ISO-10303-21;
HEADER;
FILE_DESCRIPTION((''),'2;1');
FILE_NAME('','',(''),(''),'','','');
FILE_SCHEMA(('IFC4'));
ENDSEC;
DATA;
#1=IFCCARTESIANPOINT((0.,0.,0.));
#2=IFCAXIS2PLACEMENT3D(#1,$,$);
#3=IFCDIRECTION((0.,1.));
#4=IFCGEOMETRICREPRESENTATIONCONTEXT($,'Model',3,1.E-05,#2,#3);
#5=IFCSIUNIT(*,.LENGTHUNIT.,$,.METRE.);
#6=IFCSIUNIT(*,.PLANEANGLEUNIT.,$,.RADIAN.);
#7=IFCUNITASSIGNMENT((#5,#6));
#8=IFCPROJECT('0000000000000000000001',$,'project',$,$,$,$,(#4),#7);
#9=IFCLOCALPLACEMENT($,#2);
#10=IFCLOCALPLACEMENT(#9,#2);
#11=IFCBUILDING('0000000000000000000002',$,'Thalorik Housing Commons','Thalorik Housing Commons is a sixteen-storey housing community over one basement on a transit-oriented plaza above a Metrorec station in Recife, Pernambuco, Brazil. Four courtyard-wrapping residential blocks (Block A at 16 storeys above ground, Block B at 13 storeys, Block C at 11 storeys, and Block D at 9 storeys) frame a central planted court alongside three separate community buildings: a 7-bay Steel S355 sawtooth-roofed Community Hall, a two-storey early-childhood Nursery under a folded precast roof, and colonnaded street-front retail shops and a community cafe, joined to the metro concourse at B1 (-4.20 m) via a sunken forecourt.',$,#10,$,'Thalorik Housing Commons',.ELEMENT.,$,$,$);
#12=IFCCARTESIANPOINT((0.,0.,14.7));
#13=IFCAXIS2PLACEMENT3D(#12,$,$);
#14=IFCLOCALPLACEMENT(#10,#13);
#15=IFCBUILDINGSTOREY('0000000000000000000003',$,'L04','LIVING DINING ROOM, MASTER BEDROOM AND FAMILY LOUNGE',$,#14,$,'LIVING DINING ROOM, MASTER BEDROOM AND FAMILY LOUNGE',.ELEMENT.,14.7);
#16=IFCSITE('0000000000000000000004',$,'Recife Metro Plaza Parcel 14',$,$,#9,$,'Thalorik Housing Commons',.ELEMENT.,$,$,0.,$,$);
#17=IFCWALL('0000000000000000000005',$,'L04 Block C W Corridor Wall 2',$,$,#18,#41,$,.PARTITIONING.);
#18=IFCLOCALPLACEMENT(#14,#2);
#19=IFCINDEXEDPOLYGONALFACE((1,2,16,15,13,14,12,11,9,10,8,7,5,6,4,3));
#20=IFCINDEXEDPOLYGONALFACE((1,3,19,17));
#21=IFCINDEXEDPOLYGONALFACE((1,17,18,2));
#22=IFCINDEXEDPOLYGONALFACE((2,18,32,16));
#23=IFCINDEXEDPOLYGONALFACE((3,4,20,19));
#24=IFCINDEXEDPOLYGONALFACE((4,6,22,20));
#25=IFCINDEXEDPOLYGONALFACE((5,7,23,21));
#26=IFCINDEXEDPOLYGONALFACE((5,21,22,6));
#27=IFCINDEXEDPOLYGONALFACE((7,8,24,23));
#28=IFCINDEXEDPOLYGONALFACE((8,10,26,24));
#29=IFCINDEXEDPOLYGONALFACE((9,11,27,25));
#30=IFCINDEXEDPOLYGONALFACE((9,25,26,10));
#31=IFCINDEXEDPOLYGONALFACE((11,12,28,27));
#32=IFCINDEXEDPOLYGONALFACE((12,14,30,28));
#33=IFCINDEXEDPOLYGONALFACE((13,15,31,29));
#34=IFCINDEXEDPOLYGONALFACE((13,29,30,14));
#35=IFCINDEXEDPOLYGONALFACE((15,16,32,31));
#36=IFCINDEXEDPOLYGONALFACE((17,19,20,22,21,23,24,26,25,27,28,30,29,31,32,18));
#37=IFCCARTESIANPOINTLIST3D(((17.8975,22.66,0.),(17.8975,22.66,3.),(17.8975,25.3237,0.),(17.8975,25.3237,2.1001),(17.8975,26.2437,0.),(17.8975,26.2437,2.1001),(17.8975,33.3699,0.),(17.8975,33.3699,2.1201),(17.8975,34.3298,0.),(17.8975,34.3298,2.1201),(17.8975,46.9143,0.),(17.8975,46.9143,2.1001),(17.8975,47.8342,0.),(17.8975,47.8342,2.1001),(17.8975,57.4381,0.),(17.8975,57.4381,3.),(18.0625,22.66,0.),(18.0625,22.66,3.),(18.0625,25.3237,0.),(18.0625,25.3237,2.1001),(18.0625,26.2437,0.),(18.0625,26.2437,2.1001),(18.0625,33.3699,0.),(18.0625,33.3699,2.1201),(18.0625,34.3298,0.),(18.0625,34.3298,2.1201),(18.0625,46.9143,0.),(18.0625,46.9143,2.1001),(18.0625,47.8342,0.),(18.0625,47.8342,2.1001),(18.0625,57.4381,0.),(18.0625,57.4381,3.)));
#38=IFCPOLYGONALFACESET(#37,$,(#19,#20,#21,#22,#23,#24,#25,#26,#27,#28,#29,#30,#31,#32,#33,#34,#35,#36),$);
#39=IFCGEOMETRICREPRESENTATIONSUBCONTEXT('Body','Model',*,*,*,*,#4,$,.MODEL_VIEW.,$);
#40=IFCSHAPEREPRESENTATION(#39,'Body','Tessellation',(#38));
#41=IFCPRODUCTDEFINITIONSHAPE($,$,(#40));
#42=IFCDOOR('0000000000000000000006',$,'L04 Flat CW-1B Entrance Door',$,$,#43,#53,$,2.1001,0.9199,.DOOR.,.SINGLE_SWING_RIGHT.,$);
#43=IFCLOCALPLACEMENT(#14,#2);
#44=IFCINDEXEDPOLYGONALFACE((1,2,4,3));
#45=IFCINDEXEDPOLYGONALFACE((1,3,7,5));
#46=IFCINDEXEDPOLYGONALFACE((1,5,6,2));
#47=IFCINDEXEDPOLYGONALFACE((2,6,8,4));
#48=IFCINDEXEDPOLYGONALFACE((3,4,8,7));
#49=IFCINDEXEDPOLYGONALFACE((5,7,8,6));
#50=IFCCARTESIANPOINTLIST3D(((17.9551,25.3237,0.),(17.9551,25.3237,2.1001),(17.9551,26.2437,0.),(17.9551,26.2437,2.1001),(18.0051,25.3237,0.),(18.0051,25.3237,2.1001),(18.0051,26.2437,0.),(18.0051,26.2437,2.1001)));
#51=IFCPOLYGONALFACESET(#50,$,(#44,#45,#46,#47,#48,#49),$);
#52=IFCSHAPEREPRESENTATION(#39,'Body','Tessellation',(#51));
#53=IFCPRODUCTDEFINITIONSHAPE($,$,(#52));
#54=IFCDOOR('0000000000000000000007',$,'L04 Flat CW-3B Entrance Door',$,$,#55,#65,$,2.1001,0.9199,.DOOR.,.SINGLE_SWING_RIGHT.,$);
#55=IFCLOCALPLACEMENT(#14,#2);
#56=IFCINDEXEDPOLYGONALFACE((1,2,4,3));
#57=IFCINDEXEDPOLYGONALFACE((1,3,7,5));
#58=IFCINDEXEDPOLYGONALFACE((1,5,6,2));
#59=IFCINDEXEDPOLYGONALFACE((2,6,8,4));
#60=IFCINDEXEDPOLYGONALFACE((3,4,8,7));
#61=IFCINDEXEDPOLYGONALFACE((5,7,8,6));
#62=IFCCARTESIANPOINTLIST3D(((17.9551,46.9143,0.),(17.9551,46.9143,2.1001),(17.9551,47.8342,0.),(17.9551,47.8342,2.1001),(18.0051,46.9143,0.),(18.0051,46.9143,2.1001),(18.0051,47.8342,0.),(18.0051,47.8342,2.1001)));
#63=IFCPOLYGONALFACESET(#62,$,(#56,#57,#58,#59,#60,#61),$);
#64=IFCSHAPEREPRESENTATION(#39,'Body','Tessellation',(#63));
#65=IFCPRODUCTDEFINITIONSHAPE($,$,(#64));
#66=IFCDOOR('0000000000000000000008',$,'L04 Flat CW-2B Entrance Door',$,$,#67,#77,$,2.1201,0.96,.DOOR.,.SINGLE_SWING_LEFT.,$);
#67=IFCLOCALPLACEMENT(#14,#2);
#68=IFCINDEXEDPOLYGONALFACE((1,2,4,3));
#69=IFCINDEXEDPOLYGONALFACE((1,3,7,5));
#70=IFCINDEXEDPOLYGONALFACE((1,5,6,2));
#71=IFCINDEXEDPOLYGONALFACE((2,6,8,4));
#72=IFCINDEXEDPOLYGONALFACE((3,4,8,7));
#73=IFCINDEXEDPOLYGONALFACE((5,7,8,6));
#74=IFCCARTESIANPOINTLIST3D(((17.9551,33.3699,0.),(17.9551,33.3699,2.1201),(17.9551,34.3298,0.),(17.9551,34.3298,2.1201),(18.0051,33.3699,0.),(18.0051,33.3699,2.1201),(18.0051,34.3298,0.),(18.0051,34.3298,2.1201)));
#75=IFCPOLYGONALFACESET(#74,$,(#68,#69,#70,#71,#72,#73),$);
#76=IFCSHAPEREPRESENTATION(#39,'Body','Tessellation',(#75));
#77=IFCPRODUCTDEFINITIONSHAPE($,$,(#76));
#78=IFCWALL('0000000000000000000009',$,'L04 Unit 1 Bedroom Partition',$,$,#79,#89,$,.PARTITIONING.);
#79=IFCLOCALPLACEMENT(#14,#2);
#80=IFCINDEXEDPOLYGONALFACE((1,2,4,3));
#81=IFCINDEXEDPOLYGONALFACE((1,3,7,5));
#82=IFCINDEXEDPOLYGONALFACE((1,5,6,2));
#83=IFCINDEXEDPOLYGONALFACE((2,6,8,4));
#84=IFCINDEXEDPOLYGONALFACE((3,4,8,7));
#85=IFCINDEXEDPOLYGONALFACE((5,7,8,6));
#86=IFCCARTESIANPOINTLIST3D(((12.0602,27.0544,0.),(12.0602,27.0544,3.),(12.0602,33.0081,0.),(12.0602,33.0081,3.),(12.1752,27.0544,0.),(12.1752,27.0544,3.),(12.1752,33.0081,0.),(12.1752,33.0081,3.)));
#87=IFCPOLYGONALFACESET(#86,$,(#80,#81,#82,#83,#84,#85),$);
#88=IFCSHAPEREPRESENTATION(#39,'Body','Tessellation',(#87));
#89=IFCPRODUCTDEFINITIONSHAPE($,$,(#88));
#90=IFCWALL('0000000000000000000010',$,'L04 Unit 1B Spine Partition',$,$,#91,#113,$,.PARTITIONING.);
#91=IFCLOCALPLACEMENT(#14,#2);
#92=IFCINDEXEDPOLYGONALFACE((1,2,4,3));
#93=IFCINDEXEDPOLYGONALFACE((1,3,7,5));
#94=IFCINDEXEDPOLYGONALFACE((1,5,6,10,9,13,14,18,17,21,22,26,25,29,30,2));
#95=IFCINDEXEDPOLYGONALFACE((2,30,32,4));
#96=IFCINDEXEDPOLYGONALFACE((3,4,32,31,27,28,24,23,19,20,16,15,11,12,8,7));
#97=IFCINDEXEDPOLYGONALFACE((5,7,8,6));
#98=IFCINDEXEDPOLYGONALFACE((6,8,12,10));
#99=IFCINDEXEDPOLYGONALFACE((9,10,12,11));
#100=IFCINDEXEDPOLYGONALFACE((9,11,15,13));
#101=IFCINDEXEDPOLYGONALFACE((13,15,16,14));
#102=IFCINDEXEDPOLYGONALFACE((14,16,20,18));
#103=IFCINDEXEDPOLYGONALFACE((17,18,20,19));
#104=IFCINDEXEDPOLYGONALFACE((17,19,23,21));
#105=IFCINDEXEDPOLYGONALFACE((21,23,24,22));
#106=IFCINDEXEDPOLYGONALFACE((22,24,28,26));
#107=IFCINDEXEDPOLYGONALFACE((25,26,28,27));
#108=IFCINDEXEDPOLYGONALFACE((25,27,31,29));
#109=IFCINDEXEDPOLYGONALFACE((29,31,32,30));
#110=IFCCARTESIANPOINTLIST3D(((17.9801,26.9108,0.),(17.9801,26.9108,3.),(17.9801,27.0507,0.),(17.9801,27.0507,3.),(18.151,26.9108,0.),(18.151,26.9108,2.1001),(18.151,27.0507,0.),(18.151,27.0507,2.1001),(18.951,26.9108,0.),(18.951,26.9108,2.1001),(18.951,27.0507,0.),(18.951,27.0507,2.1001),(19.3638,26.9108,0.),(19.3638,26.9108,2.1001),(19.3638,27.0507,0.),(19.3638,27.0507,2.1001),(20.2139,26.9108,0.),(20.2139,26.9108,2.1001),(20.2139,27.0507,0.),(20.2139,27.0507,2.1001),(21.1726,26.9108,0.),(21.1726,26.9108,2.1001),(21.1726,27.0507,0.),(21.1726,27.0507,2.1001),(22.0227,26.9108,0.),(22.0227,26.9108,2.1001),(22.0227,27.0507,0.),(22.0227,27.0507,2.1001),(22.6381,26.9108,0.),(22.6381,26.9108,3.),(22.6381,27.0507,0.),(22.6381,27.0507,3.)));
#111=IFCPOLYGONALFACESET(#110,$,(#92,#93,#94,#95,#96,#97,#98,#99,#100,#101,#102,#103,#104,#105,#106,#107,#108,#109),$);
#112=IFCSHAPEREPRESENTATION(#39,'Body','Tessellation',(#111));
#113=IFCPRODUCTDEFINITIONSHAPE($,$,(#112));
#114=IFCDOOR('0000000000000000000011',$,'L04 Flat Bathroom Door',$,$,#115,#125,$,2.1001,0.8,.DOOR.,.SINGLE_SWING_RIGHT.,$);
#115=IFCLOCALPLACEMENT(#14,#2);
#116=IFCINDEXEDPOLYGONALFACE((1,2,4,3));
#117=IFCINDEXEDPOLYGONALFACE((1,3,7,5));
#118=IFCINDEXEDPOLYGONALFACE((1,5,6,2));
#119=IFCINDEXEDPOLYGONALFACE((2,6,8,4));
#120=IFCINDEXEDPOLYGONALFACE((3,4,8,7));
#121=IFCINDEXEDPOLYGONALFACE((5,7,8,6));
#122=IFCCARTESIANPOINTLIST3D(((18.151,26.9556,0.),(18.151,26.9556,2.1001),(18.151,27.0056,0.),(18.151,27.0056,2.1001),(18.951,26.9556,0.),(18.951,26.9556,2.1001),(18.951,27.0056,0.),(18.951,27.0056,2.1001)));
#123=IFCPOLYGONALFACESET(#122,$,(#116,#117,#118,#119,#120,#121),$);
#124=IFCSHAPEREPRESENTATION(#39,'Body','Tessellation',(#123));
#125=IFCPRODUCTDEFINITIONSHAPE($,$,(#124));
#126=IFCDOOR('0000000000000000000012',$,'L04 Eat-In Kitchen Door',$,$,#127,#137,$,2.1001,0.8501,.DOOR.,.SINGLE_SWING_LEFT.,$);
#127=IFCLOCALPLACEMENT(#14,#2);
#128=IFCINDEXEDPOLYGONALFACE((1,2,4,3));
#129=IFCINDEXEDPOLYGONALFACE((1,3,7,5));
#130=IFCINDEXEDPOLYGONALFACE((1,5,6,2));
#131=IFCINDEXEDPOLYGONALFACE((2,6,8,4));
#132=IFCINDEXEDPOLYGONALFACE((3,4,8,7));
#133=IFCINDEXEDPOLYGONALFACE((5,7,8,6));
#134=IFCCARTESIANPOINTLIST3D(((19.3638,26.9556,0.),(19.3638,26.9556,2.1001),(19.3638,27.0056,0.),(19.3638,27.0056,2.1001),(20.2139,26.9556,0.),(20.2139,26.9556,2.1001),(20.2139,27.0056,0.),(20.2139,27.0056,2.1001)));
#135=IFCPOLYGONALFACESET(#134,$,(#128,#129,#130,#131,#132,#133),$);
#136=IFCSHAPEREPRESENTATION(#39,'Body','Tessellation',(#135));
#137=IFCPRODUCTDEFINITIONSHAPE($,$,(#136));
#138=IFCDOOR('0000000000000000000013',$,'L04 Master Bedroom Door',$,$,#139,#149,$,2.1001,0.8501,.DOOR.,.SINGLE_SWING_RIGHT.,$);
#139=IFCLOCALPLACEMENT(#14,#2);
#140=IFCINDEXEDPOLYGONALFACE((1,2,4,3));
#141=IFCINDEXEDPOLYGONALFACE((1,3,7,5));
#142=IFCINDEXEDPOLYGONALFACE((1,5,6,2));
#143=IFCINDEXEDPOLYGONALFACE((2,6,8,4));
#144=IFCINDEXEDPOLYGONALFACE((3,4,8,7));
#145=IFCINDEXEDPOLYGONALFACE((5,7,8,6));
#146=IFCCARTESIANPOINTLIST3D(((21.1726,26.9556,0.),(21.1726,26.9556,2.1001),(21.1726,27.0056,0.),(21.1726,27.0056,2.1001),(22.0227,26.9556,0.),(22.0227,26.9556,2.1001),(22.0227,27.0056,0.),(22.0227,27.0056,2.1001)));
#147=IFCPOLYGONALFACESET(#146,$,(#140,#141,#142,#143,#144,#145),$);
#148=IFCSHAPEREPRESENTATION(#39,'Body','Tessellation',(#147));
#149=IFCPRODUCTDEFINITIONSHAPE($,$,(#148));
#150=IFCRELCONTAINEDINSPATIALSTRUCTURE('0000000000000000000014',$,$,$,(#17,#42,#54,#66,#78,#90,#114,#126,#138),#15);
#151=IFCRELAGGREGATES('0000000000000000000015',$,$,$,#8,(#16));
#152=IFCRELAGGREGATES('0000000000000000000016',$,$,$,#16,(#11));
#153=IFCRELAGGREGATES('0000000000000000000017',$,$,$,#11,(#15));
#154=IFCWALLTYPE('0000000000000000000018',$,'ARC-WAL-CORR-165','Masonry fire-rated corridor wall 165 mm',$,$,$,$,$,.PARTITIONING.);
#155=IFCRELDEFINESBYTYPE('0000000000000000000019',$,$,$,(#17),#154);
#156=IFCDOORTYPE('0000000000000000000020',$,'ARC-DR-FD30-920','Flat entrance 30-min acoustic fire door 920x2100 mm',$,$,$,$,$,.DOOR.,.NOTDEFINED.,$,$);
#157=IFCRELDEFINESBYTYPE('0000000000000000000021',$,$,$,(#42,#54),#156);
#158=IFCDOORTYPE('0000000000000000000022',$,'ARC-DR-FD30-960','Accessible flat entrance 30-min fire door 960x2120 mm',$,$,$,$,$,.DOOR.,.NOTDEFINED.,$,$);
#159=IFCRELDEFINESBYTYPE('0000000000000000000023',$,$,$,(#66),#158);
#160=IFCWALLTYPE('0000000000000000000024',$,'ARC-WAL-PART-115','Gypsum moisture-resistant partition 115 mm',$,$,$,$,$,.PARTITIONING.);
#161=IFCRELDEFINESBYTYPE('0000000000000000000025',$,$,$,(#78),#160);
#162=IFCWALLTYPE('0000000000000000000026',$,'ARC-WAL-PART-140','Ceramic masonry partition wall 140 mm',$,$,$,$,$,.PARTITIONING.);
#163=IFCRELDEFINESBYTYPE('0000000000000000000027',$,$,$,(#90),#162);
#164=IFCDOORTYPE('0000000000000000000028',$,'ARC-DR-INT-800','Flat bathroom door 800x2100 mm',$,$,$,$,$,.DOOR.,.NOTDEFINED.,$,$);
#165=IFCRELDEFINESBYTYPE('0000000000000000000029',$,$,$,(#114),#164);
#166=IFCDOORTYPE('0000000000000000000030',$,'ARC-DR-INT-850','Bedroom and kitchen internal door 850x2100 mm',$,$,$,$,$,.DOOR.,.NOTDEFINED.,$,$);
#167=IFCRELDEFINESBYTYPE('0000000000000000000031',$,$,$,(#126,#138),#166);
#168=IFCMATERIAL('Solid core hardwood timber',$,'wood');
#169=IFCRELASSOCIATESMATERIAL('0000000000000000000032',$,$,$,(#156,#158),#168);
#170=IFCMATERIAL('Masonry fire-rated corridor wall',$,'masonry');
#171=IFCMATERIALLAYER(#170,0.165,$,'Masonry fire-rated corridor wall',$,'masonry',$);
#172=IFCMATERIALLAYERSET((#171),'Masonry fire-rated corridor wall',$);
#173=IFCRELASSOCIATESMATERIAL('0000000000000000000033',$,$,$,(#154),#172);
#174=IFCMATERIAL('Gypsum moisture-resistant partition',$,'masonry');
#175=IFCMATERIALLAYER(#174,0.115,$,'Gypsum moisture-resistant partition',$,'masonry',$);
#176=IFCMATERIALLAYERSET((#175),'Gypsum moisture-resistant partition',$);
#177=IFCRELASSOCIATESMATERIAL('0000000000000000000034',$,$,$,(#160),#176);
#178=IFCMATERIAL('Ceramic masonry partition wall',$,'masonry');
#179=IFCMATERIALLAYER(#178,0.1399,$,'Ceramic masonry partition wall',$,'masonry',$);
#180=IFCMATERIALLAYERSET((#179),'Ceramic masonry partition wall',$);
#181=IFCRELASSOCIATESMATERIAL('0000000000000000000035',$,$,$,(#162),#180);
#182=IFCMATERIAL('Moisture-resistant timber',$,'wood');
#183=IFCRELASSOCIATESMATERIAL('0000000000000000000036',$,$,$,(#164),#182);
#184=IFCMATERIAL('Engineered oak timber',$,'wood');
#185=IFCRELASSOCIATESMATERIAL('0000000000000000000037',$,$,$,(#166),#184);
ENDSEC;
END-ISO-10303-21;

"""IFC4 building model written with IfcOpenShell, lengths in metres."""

from ifc_helpers import new_model, si_unit, direction, frame, frame_2d, origin, place, context, subcontext, project, spatial, rectangle, extrude, material, layer, layer_set, type_object, element, fill, save


model = new_model("IFC4")

# Units and contexts
model_context = context("Model", 3, precision=1e-05, world=origin(), true_north=direction((0.0, 1.0)))
body_context = subcontext(model_context, "Body", "Model", "MODEL_VIEW")
ifc_project = project(units=[si_unit("LENGTHUNIT", "METRE"), si_unit("PLANEANGLEUNIT", "RADIAN")], contexts=[model_context])

# Site, building, storey
site_placement = place(None, origin())
site = spatial("IfcSite", under=ifc_project, at=site_placement, Name="Recife Metro Plaza Parcel 14", LongName="Thalorik Housing Commons", CompositionType="ELEMENT", RefElevation=0.0)
building_placement = place(site_placement, origin())
building = spatial("IfcBuilding", under=site, at=building_placement, Name="Thalorik Housing Commons", Description="Thalorik Housing Commons is a sixteen-storey housing community over one basement on a transit-oriented plaza above a Metrorec station in Recife, Pernambuco, Brazil. Four courtyard-wrapping residential blocks (Block A at 16 storeys above ground, Block B at 13 storeys, Block C at 11 storeys, and Block D at 9 storeys) frame a central planted court alongside three separate community buildings: a 7-bay Steel S355 sawtooth-roofed Community Hall, a two-storey early-childhood Nursery under a folded precast roof, and colonnaded street-front retail shops and a community cafe, joined to the metro concourse at B1 (-4.20 m) via a sunken forecourt.", LongName="Thalorik Housing Commons", CompositionType="ELEMENT")
storey_placement = place(building_placement, frame((0.0, 0.0, 14.7)))
storey = spatial("IfcBuildingStorey", under=building, at=storey_placement, Name="L04", Description="LIVING DINING ROOM, MASTER BEDROOM AND FAMILY LOUNGE", LongName="LIVING DINING ROOM, MASTER BEDROOM AND FAMILY LOUNGE", CompositionType="ELEMENT", Elevation=14.7)

# Wall, openings, doors
ifc_material_1 = material(Name="Masonry fire-rated corridor wall", Category="masonry")
ifc_material_2 = material(Name="Solid core hardwood timber", Category="wood")
door_type_1 = type_object("IfcDoorType", Name="ARC-DR-FD30-920", Description="Flat entrance 30-min acoustic fire door 920x2100 mm", OperationType="NOTDEFINED", PredefinedType="DOOR", material=ifc_material_2)
ifc_layer_1 = layer(ifc_material_1, 0.165, Name="Masonry fire-rated corridor wall", Category="masonry")
ifc_layer_set_1 = layer_set([ifc_layer_1], Name="Masonry fire-rated corridor wall")
wall_type_1 = type_object("IfcWallType", Name="ARC-WAL-CORR-165", Description="Masonry fire-rated corridor wall 165 mm", PredefinedType="PARTITIONING", material=ifc_layer_set_1)
wall_1_placement = place(storey_placement, frame((17.98, 22.6599, 0.0), z_axis=(0.0, 0.0, 1.0), x_axis=(0.0, 1.0, 0.0)))
wall_1 = element("IfcWall", 1, at=wall_1_placement, inside=storey, type_object=wall_type_1, Name="L04 Block C W Corridor Wall 2", PredefinedType="PARTITIONING", context=body_context, shape_type="SweptSolid", body=[
    extrude(rectangle(XDim=34.7781, YDim=0.165, at=frame_2d((17.3892, 0.0))), origin(), (0.0, 0.0, 1.0), 3.0),
])
opening_1_placement = place(wall_1_placement, frame((2.6638, 0.0, 0.0)))
opening_1 = element("IfcOpeningElement", 2, at=opening_1_placement, cuts=wall_1, PredefinedType="OPENING", context=body_context, shape_type="SweptSolid", body=[
    extrude(rectangle(XDim=0.9199, YDim=2.1001, at=frame_2d((0.46, 1.05))), frame((0.0, 0.0925, 0.0), z_axis=(0.0, -1.0, 0.0), x_axis=(1.0, 0.0, 0.0)), (0.0, 0.0, 1.0), 0.1851),
])
opening_2_placement = place(wall_1_placement, frame((10.71, 0.0, 0.0)))
opening_2 = element("IfcOpeningElement", 3, at=opening_2_placement, cuts=wall_1, PredefinedType="OPENING", context=body_context, shape_type="SweptSolid", body=[
    extrude(rectangle(XDim=0.96, YDim=2.1201, at=frame_2d((0.48, 1.0601))), frame((0.0, 0.0925, 0.0), z_axis=(0.0, -1.0, 0.0), x_axis=(1.0, 0.0, 0.0)), (0.0, 0.0, 1.0), 0.1851),
])
opening_3_placement = place(wall_1_placement, frame((24.2544, 0.0, 0.0)))
opening_3 = element("IfcOpeningElement", 4, at=opening_3_placement, cuts=wall_1, PredefinedType="OPENING", context=body_context, shape_type="SweptSolid", body=[
    extrude(rectangle(XDim=0.9199, YDim=2.1001, at=frame_2d((0.46, 1.05))), frame((0.0, 0.0925, 0.0), z_axis=(0.0, -1.0, 0.0), x_axis=(1.0, 0.0, 0.0)), (0.0, 0.0, 1.0), 0.1851),
])
door_1_placement = place(opening_1_placement, origin())
door_1 = element("IfcDoor", 5, at=door_1_placement, inside=storey, type_object=door_type_1, Name="L04 Flat CW-1B Entrance Door", OperationType="SINGLE_SWING_RIGHT", OverallHeight=2.1001, OverallWidth=0.9199, PredefinedType="DOOR", context=body_context, shape_type="SweptSolid", body=[
    extrude(rectangle(XDim=0.9199, YDim=2.1001, at=frame_2d((0.46, 1.05))), frame((0.0, 0.0249, 0.0), z_axis=(0.0, -1.0, 0.0), x_axis=(1.0, 0.0, 0.0)), (0.0, 0.0, 1.0), 0.05),
])
fill(opening_1, door_1)
door_2_placement = place(opening_3_placement, origin())
door_2 = element("IfcDoor", 6, at=door_2_placement, inside=storey, type_object=door_type_1, Name="L04 Flat CW-3B Entrance Door", OperationType="SINGLE_SWING_RIGHT", OverallHeight=2.1001, OverallWidth=0.9199, PredefinedType="DOOR", context=body_context, shape_type="SweptSolid", body=[
    extrude(rectangle(XDim=0.9199, YDim=2.1001, at=frame_2d((0.46, 1.05))), frame((0.0, 0.0249, 0.0), z_axis=(0.0, -1.0, 0.0), x_axis=(1.0, 0.0, 0.0)), (0.0, 0.0, 1.0), 0.05),
])
fill(opening_3, door_2)
door_type_2 = type_object("IfcDoorType", Name="ARC-DR-FD30-960", Description="Accessible flat entrance 30-min fire door 960x2120 mm", OperationType="NOTDEFINED", PredefinedType="DOOR", material=ifc_material_2)
door_3_placement = place(opening_2_placement, origin())
door_3 = element("IfcDoor", 7, at=door_3_placement, inside=storey, type_object=door_type_2, Name="L04 Flat CW-2B Entrance Door", OperationType="SINGLE_SWING_LEFT", OverallHeight=2.1201, OverallWidth=0.96, PredefinedType="DOOR", context=body_context, shape_type="SweptSolid", body=[
    extrude(rectangle(XDim=0.96, YDim=2.1201, at=frame_2d((0.48, 1.0601))), frame((0.0, 0.0249, 0.0), z_axis=(0.0, -1.0, 0.0), x_axis=(1.0, 0.0, 0.0)), (0.0, 0.0, 1.0), 0.05),
])
fill(opening_2, door_3)

# Wall
ifc_material_3 = material(Name="Gypsum moisture-resistant partition", Category="masonry")
ifc_layer_2 = layer(ifc_material_3, 0.115, Name="Gypsum moisture-resistant partition", Category="masonry")
ifc_layer_set_2 = layer_set([ifc_layer_2], Name="Gypsum moisture-resistant partition")
wall_type_2 = type_object("IfcWallType", Name="ARC-WAL-PART-115", Description="Gypsum moisture-resistant partition 115 mm", PredefinedType="PARTITIONING", material=ifc_layer_set_2)
wall_2_placement = place(storey_placement, frame((12.1177, 27.0544, 0.0), z_axis=(0.0, 0.0, 1.0), x_axis=(0.0, 1.0, 0.0)))
element("IfcWall", 8, at=wall_2_placement, inside=storey, type_object=wall_type_2, Name="L04 Unit 1 Bedroom Partition", PredefinedType="PARTITIONING", context=body_context, shape_type="SweptSolid", body=[
    extrude(rectangle(XDim=5.9536, YDim=0.115, at=frame_2d((2.9768, 0.0))), origin(), (0.0, 0.0, 1.0), 3.0),
])

# Wall, openings, doors
ifc_material_4 = material(Name="Ceramic masonry partition wall", Category="masonry")
ifc_layer_3 = layer(ifc_material_4, 0.1399, Name="Ceramic masonry partition wall", Category="masonry")
ifc_layer_set_3 = layer_set([ifc_layer_3], Name="Ceramic masonry partition wall")
wall_type_3 = type_object("IfcWallType", Name="ARC-WAL-PART-140", Description="Ceramic masonry partition wall 140 mm", PredefinedType="PARTITIONING", material=ifc_layer_set_3)
wall_3_placement = place(storey_placement, frame((17.98, 26.9807, 0.0), z_axis=(0.0, 0.0, 1.0), x_axis=(1.0, 0.0, 0.0)))
wall_3 = element("IfcWall", 9, at=wall_3_placement, inside=storey, type_object=wall_type_3, Name="L04 Unit 1B Spine Partition", PredefinedType="PARTITIONING", context=body_context, shape_type="SweptSolid", body=[
    extrude(rectangle(XDim=4.658, YDim=0.1399, at=frame_2d((2.3291, 0.0))), origin(), (0.0, 0.0, 1.0), 3.0),
])
opening_4_placement = place(wall_3_placement, frame((0.1711, 0.0, 0.0)))
opening_4 = element("IfcOpeningElement", 10, at=opening_4_placement, cuts=wall_3, PredefinedType="OPENING", context=body_context, shape_type="SweptSolid", body=[
    extrude(rectangle(XDim=0.8, YDim=2.1001, at=frame_2d((0.3999, 1.05))), frame((0.0, 0.0801, 0.0), z_axis=(0.0, -1.0, 0.0), x_axis=(1.0, 0.0, 0.0)), (0.0, 0.0, 1.0), 0.1599),
])
opening_5_placement = place(wall_3_placement, frame((1.3838, 0.0, 0.0)))
opening_5 = element("IfcOpeningElement", 11, at=opening_5_placement, cuts=wall_3, PredefinedType="OPENING", context=body_context, shape_type="SweptSolid", body=[
    extrude(rectangle(XDim=0.8501, YDim=2.1001, at=frame_2d((0.425, 1.05))), frame((0.0, 0.0801, 0.0), z_axis=(0.0, -1.0, 0.0), x_axis=(1.0, 0.0, 0.0)), (0.0, 0.0, 1.0), 0.1599),
])
opening_6_placement = place(wall_3_placement, frame((3.1926, 0.0, 0.0)))
opening_6 = element("IfcOpeningElement", 12, at=opening_6_placement, cuts=wall_3, PredefinedType="OPENING", context=body_context, shape_type="SweptSolid", body=[
    extrude(rectangle(XDim=0.8501, YDim=2.1001, at=frame_2d((0.425, 1.05))), frame((0.0, 0.0801, 0.0), z_axis=(0.0, -1.0, 0.0), x_axis=(1.0, 0.0, 0.0)), (0.0, 0.0, 1.0), 0.1599),
])
ifc_material_5 = material(Name="Moisture-resistant timber", Category="wood")
door_type_3 = type_object("IfcDoorType", Name="ARC-DR-INT-800", Description="Flat bathroom door 800x2100 mm", OperationType="NOTDEFINED", PredefinedType="DOOR", material=ifc_material_5)
door_4_placement = place(opening_4_placement, origin())
door_4 = element("IfcDoor", 13, at=door_4_placement, inside=storey, type_object=door_type_3, Name="L04 Flat Bathroom Door", OperationType="SINGLE_SWING_RIGHT", OverallHeight=2.1001, OverallWidth=0.8, PredefinedType="DOOR", context=body_context, shape_type="SweptSolid", body=[
    extrude(rectangle(XDim=0.8, YDim=2.1001, at=frame_2d((0.3999, 1.05))), frame((0.0, 0.0249, 0.0), z_axis=(0.0, -1.0, 0.0), x_axis=(1.0, 0.0, 0.0)), (0.0, 0.0, 1.0), 0.05),
])
fill(opening_4, door_4)
ifc_material_6 = material(Name="Engineered oak timber", Category="wood")
door_type_4 = type_object("IfcDoorType", Name="ARC-DR-INT-850", Description="Bedroom and kitchen internal door 850x2100 mm", OperationType="NOTDEFINED", PredefinedType="DOOR", material=ifc_material_6)
door_5_placement = place(opening_5_placement, origin())
door_5 = element("IfcDoor", 14, at=door_5_placement, inside=storey, type_object=door_type_4, Name="L04 Eat-In Kitchen Door", OperationType="SINGLE_SWING_LEFT", OverallHeight=2.1001, OverallWidth=0.8501, PredefinedType="DOOR", context=body_context, shape_type="SweptSolid", body=[
    extrude(rectangle(XDim=0.8501, YDim=2.1001, at=frame_2d((0.425, 1.05))), frame((0.0, 0.0249, 0.0), z_axis=(0.0, -1.0, 0.0), x_axis=(1.0, 0.0, 0.0)), (0.0, 0.0, 1.0), 0.05),
])
fill(opening_5, door_5)
door_6_placement = place(opening_6_placement, origin())
door_6 = element("IfcDoor", 15, at=door_6_placement, inside=storey, type_object=door_type_4, Name="L04 Master Bedroom Door", OperationType="SINGLE_SWING_RIGHT", OverallHeight=2.1001, OverallWidth=0.8501, PredefinedType="DOOR", context=body_context, shape_type="SweptSolid", body=[
    extrude(rectangle(XDim=0.8501, YDim=2.1001, at=frame_2d((0.425, 1.05))), frame((0.0, 0.0249, 0.0), z_axis=(0.0, -1.0, 0.0), x_axis=(1.0, 0.0, 0.0)), (0.0, 0.0, 1.0), 0.05),
])
fill(opening_6, door_6)

save(model, "model.ifc")
